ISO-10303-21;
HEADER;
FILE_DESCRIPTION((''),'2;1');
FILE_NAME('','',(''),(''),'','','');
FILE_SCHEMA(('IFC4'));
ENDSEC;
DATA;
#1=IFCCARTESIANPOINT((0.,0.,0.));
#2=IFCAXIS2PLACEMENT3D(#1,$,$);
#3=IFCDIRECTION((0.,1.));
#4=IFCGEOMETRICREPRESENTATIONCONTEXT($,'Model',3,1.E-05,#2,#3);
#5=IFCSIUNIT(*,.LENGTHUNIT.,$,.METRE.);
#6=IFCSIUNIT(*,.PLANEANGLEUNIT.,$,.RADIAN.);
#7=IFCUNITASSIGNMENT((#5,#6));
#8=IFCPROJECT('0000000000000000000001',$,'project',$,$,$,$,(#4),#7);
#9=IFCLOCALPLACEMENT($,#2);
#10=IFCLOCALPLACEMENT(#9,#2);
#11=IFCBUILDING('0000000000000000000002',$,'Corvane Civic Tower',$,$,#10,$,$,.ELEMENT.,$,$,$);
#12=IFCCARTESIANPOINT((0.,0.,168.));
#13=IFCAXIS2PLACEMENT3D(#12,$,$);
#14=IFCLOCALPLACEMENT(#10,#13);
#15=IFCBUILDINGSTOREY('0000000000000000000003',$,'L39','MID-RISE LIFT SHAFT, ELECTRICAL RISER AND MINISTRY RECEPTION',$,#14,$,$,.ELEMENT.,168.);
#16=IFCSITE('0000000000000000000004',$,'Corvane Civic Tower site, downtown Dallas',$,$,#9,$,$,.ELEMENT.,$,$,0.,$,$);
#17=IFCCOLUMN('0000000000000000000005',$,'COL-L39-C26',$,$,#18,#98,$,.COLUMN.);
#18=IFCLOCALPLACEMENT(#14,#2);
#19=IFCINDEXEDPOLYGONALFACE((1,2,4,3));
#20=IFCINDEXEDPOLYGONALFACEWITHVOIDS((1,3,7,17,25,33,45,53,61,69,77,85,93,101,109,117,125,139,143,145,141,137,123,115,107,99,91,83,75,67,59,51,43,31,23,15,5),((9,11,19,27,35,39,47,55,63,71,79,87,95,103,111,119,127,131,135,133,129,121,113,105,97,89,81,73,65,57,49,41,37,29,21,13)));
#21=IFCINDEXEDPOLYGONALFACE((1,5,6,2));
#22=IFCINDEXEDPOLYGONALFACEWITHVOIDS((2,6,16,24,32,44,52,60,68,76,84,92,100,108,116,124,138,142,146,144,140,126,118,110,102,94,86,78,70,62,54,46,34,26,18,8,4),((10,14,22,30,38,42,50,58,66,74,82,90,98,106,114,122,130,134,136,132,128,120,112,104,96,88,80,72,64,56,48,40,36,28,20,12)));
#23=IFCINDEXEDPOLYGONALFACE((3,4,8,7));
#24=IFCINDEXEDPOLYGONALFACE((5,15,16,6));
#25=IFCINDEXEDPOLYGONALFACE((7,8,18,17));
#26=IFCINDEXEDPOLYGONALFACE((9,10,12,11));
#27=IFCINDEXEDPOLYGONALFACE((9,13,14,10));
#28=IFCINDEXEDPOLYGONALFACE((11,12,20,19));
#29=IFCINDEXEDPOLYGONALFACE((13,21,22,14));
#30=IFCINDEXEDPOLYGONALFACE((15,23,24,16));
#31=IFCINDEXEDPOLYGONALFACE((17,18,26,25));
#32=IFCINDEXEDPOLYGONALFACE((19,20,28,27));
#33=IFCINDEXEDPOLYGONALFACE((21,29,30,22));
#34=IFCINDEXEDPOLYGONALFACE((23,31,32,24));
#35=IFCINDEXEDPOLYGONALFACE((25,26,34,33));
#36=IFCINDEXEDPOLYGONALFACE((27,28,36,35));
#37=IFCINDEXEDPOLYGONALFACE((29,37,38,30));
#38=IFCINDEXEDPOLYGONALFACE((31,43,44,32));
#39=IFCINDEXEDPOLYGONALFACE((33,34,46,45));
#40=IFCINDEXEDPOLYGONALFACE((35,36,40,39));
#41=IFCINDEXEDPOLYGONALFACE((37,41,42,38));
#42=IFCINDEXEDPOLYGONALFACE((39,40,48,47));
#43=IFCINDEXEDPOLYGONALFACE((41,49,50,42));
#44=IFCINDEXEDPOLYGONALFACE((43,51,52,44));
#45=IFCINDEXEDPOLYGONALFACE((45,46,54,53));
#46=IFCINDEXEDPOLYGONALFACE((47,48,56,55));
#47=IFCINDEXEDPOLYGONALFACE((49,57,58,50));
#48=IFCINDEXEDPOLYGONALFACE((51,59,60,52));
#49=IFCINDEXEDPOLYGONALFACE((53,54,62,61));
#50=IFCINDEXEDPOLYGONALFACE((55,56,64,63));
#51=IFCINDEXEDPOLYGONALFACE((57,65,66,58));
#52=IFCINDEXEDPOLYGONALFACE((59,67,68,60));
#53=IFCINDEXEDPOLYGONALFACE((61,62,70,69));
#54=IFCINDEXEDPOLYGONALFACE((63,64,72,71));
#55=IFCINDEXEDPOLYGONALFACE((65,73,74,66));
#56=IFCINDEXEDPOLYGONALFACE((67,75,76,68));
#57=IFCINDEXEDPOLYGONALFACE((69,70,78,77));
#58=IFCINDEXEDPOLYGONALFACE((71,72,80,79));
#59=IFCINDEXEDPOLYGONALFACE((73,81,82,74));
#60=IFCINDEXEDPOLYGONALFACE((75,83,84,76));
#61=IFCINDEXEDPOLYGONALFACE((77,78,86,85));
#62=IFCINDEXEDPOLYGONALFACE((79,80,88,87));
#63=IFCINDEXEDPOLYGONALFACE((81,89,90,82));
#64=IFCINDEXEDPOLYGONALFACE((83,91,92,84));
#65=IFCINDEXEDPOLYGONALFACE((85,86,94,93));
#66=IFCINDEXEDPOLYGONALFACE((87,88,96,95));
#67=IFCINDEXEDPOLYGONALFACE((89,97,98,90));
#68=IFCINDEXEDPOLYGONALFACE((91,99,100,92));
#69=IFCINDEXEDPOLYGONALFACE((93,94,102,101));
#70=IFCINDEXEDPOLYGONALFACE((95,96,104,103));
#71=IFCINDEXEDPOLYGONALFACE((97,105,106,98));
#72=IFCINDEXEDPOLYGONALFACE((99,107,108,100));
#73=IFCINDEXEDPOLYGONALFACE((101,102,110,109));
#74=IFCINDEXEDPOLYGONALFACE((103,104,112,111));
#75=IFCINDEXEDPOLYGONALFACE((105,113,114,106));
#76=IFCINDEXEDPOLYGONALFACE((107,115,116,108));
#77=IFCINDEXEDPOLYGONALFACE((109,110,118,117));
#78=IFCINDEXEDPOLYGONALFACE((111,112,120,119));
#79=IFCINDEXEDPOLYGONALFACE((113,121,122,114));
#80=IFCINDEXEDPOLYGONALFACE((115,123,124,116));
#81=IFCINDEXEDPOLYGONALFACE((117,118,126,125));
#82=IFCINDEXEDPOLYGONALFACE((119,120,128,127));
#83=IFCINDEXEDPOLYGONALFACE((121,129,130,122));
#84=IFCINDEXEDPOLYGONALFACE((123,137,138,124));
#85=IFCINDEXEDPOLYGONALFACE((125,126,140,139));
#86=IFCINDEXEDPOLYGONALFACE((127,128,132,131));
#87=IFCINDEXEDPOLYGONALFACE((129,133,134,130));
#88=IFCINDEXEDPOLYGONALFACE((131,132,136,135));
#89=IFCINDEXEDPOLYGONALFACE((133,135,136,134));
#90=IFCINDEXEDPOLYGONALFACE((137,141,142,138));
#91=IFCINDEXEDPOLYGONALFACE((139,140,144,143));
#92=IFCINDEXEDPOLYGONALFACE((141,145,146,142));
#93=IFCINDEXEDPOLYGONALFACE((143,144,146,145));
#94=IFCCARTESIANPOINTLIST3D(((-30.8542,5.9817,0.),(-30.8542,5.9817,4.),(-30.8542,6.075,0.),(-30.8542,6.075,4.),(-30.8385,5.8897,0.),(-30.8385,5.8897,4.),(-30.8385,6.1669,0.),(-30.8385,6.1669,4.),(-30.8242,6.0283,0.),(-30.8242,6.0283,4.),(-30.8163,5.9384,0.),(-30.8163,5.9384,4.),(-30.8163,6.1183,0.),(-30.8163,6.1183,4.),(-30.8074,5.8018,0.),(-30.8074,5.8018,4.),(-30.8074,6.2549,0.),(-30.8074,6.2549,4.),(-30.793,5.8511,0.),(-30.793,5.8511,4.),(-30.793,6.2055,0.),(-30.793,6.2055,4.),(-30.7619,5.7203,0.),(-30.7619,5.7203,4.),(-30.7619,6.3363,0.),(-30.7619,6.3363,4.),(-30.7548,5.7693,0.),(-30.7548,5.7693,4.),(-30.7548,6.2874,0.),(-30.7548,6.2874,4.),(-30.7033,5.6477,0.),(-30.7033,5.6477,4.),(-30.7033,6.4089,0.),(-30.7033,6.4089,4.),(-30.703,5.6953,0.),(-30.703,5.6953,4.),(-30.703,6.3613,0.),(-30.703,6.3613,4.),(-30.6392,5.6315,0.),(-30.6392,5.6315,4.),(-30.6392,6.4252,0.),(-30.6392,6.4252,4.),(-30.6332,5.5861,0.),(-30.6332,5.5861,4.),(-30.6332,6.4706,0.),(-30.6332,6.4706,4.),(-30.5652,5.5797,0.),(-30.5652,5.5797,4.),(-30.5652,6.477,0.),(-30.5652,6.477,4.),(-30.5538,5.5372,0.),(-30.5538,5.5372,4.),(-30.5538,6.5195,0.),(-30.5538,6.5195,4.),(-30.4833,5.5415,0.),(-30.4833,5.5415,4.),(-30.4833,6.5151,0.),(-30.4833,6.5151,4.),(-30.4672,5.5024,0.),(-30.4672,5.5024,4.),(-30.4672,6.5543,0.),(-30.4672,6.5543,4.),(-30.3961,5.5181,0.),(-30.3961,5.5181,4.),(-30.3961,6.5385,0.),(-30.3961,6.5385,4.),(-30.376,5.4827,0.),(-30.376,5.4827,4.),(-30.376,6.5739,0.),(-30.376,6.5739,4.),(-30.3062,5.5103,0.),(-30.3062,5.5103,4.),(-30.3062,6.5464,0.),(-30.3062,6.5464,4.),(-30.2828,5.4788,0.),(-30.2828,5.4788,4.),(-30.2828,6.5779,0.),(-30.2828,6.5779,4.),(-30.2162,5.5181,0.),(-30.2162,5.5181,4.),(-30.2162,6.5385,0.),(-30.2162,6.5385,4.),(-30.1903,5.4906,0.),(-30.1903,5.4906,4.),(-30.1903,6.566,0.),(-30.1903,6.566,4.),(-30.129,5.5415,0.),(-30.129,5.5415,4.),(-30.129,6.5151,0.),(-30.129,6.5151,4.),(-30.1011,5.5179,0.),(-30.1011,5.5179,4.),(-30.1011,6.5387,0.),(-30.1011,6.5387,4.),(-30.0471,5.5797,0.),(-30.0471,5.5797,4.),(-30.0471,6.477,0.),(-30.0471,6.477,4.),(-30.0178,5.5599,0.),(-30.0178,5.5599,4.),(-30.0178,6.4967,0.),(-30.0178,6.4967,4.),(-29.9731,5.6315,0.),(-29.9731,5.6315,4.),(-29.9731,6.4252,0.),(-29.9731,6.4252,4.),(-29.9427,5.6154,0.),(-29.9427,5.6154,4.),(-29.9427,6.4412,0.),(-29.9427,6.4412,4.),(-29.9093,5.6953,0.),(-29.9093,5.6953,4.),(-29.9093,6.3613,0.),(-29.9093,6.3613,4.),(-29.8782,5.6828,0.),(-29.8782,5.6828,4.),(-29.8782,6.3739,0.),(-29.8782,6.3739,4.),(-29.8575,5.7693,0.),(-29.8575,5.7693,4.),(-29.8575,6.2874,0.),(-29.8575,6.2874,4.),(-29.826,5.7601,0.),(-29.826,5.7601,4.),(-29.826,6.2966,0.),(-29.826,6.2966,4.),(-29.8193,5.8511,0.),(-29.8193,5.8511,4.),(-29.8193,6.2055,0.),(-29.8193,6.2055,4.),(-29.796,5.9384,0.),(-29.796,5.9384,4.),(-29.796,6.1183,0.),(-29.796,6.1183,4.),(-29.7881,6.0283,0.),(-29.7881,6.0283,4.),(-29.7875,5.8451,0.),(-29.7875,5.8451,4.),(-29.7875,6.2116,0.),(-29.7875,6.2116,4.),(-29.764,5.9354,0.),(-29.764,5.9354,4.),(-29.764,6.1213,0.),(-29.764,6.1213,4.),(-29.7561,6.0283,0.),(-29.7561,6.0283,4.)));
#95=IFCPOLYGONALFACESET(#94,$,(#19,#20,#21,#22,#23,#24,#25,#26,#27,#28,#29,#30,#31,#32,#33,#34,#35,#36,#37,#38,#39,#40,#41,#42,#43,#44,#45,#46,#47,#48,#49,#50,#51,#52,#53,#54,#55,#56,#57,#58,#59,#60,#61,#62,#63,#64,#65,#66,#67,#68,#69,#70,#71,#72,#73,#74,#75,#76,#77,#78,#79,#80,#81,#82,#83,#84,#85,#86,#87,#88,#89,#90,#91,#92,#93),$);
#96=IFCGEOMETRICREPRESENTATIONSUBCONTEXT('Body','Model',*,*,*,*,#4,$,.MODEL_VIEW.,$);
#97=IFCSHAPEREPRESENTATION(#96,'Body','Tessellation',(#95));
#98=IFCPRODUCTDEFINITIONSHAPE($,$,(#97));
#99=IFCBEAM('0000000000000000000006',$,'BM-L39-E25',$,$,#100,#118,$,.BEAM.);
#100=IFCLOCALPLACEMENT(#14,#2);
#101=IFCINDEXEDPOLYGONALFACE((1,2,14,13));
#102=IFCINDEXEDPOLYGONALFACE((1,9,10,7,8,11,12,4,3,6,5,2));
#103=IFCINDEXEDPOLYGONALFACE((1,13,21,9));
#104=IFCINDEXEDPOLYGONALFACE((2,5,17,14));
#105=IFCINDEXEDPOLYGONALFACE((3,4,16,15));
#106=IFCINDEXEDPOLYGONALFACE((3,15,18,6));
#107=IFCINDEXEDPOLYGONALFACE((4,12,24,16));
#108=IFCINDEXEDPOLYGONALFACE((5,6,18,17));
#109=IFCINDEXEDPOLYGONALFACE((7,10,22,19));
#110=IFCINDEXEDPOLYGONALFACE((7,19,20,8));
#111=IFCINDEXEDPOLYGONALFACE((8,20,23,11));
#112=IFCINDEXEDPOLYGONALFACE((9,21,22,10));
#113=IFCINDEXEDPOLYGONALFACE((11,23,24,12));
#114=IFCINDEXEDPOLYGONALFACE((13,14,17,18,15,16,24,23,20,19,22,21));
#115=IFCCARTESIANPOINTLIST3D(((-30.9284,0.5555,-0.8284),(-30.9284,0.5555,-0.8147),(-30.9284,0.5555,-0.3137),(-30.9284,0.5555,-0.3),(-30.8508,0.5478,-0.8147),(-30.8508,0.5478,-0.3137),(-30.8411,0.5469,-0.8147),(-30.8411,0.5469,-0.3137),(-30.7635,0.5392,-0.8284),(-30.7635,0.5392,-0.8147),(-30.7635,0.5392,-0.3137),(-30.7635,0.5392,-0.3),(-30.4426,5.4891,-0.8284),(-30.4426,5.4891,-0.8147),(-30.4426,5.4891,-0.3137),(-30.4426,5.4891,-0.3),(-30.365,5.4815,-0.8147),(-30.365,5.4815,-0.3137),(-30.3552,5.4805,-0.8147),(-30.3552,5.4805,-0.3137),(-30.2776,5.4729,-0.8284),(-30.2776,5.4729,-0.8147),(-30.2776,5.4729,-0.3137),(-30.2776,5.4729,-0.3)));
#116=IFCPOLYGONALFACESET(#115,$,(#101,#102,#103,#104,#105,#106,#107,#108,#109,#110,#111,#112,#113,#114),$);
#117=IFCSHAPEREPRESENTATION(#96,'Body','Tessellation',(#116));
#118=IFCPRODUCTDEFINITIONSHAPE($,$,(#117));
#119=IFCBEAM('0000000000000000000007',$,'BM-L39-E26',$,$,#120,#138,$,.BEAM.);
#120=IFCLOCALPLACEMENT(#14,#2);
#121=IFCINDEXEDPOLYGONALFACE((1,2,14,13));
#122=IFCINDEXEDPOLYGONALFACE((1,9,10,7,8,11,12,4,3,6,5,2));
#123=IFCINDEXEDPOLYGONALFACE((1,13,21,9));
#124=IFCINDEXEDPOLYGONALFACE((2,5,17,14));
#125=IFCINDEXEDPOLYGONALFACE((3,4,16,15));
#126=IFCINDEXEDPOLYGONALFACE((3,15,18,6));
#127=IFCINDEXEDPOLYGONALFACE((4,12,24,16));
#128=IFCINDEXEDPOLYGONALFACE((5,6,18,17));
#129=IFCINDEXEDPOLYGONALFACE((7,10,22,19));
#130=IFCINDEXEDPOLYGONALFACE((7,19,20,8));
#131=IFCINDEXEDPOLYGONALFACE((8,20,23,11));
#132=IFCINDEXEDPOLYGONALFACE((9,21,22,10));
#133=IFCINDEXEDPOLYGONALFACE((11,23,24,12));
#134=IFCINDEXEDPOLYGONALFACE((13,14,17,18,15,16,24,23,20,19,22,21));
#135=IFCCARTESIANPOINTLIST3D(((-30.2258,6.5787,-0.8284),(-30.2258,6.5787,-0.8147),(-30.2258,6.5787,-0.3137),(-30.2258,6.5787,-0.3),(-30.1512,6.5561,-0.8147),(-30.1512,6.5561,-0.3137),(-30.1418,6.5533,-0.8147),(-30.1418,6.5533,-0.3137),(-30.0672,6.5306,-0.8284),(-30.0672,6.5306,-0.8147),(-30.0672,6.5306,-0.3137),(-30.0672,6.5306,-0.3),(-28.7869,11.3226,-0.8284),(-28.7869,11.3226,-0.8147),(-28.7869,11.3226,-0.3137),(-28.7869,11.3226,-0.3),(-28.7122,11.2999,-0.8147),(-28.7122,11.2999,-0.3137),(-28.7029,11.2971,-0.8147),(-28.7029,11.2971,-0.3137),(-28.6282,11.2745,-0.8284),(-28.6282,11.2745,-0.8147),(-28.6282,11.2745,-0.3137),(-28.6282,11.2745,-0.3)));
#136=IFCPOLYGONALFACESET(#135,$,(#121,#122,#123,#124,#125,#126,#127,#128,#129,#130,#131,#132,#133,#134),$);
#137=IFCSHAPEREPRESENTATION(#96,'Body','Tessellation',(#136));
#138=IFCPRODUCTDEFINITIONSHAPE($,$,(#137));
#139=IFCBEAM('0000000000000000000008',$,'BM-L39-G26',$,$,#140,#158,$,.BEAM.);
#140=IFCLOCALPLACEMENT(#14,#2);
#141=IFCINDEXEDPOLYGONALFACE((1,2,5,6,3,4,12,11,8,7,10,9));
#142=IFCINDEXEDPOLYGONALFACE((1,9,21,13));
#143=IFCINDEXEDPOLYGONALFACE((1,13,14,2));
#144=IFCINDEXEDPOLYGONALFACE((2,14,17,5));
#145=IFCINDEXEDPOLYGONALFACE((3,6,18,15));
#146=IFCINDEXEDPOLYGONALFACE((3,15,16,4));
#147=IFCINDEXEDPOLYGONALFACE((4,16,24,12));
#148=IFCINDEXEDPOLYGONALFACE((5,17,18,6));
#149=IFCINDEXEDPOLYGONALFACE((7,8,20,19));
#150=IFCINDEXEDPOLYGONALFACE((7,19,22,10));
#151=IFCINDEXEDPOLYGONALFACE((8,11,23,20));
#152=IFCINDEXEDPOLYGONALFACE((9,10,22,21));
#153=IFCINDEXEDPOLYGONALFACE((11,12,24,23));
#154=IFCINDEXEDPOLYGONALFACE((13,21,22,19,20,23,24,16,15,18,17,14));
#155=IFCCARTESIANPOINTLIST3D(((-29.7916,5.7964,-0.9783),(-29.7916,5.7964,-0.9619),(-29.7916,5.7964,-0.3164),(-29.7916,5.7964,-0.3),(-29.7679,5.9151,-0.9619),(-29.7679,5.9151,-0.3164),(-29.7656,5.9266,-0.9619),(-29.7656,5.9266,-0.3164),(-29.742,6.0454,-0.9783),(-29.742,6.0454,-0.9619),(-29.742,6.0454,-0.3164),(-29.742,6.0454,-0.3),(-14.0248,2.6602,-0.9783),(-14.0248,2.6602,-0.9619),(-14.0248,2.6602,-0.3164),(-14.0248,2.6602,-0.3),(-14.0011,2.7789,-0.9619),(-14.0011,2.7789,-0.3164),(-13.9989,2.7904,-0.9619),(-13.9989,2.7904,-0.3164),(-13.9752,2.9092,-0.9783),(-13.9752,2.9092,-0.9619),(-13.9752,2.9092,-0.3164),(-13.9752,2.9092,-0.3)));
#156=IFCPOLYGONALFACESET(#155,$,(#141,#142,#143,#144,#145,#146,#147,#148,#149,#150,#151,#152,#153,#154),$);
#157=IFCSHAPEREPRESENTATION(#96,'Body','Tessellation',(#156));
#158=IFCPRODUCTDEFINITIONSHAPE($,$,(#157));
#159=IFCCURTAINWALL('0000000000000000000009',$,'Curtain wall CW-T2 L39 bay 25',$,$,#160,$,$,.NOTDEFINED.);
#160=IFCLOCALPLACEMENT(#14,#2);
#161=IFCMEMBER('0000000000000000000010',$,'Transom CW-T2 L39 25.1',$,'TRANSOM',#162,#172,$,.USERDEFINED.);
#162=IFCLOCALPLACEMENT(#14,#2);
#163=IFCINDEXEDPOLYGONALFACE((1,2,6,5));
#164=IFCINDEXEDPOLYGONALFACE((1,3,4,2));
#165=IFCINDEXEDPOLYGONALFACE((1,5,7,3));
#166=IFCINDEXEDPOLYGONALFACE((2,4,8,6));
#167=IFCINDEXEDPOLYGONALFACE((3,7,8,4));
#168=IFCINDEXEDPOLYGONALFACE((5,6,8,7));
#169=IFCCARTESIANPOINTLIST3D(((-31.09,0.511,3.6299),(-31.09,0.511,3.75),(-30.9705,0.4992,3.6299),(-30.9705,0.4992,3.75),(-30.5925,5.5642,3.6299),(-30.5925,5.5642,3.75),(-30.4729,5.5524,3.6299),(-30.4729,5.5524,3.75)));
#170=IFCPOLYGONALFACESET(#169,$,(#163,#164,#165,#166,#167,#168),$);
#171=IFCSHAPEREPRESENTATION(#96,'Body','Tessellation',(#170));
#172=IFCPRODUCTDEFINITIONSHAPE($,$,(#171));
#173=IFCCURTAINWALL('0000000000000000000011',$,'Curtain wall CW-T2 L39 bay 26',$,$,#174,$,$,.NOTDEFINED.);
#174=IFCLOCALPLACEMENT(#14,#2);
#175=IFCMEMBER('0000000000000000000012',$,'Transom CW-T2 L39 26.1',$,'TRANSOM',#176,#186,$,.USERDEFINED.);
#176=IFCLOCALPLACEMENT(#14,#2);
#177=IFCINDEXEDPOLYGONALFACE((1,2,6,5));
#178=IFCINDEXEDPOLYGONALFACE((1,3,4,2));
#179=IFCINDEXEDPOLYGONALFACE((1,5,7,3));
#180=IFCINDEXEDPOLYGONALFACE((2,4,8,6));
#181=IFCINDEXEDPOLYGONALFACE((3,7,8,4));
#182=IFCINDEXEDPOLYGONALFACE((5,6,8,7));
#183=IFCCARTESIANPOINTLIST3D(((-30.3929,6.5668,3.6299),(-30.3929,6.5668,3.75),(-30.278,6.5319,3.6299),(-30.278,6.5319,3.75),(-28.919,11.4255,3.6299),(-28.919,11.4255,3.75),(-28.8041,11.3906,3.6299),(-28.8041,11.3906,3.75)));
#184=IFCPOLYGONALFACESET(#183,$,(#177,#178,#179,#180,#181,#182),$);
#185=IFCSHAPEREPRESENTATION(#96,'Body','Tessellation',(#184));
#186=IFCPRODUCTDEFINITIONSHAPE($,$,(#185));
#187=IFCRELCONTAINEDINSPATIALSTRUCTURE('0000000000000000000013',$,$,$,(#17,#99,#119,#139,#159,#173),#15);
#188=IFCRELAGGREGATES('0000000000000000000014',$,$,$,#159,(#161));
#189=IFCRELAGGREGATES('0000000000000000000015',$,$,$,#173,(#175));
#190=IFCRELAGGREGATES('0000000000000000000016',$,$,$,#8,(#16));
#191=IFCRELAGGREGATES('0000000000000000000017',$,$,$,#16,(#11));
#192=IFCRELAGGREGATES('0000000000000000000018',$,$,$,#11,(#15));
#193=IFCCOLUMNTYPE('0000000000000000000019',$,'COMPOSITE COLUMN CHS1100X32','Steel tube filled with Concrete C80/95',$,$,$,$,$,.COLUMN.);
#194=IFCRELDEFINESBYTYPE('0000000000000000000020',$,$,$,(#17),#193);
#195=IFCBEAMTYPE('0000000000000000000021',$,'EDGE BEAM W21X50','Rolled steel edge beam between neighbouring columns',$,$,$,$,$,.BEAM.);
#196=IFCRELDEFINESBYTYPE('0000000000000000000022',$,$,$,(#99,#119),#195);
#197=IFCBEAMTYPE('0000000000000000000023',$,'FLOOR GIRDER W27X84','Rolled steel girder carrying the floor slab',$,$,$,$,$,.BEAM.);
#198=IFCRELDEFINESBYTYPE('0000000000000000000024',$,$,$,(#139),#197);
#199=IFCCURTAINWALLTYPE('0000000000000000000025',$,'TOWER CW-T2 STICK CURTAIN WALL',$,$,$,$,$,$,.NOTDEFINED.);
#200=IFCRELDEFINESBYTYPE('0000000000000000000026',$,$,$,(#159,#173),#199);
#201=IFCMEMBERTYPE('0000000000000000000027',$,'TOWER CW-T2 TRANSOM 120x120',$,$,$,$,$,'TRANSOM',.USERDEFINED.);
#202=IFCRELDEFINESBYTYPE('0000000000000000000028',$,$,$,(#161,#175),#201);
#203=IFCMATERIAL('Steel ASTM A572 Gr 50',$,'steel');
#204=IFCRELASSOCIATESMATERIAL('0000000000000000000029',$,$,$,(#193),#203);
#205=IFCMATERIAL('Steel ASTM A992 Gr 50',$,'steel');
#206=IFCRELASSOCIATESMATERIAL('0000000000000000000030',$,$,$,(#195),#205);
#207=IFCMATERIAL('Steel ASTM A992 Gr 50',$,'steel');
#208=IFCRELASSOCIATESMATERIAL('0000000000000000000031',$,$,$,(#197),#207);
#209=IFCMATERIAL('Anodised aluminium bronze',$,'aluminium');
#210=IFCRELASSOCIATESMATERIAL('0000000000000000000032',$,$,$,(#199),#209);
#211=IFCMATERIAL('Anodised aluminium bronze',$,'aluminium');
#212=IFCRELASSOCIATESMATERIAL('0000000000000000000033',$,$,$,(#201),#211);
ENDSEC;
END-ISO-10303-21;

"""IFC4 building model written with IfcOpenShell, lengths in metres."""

from ifc_helpers import new_model, si_unit, direction, frame, origin, origin_2d, place, context, subcontext, project, spatial, rectangle, hollow_circle, i_section, extrude, material, material_profile, profile_set, type_object, element, aggregate, save


model = new_model("IFC4")

# Units and contexts
model_context = context("Model", 3, precision=1e-05, world=origin(), true_north=direction((0.0, 1.0)))
body_context = subcontext(model_context, "Body", "Model", "MODEL_VIEW")
ifc_project = project(units=[si_unit("LENGTHUNIT", "METRE"), si_unit("PLANEANGLEUNIT", "RADIAN")], contexts=[model_context])

# Site, building, storey
site_placement = place(None, origin())
site = spatial("IfcSite", under=ifc_project, at=site_placement, Name="Corvane Civic Tower site, downtown Dallas", CompositionType="ELEMENT", RefElevation=0.0)
building_placement = place(site_placement, origin())
building = spatial("IfcBuilding", under=site, at=building_placement, Name="Corvane Civic Tower", CompositionType="ELEMENT")
storey_placement = place(building_placement, frame((0.0, 0.0, 168.0)))
storey = spatial("IfcBuildingStorey", under=building, at=storey_placement, Name="L39", Description="MID-RISE LIFT SHAFT, ELECTRICAL RISER AND MINISTRY RECEPTION", CompositionType="ELEMENT", Elevation=168.0)

# Column
ifc_material_1 = material(Name="Steel ASTM A572 Gr 50", Category="steel")
ifc_material_profile_1 = material_profile(ifc_material_1, hollow_circle(Radius=0.55, WallThickness=0.032, at=origin_2d()), Name="CHS1100X32")
ifc_profile_set_1 = profile_set([ifc_material_profile_1], Name="Steel ASTM A572 Gr 50")
column_type = type_object("IfcColumnType", Name="COMPOSITE COLUMN CHS1100X32", Description="Steel tube filled with Concrete C80/95", PredefinedType="COLUMN", material=ifc_profile_set_1)
column_placement = place(storey_placement, frame((-30.3062, 6.0283, 0.0), z_axis=(0.0, 0.0, 1.0), x_axis=(1.0, 0.0, 0.0)))
element("IfcColumn", 1, at=column_placement, inside=storey, type_object=column_type, Name="COL-L39-C26", PredefinedType="COLUMN", context=body_context, shape_type="SweptSolid", body=[
    extrude(hollow_circle(Radius=0.55, WallThickness=0.032, at=origin_2d()), origin(), (0.0, 0.0, 1.0), 4.0),
])

# Beams
ifc_material_2 = material(Name="Steel ASTM A992 Gr 50", Category="steel")
ifc_material_profile_2 = material_profile(ifc_material_2, i_section(OverallWidth=0.1658, OverallDepth=0.5283, WebThickness=0.0098, FlangeThickness=0.0137, at=origin_2d()), Name="W21X50")
ifc_profile_set_2 = profile_set([ifc_material_profile_2], Name="Steel ASTM A992 Gr 50")
beam_type_1 = type_object("IfcBeamType", Name="EDGE BEAM W21X50", Description="Rolled steel edge beam between neighbouring columns", PredefinedType="BEAM", material=ifc_profile_set_2)
beam_1_placement = place(storey_placement, frame((-30.8459, 0.5474, -0.5642), z_axis=(0.098002, 0.995186, 0.0), x_axis=(-0.995186, 0.098002, 0.0)))
element("IfcBeam", 2, at=beam_1_placement, inside=storey, type_object=beam_type_1, Name="BM-L39-E25", PredefinedType="BEAM", context=body_context, shape_type="SweptSolid", body=[
    extrude(i_section(OverallWidth=0.1658, OverallDepth=0.5283, WebThickness=0.0098, FlangeThickness=0.0137, at=origin_2d()), origin(), (0.0, 0.0, 1.0), 4.9575),
])
beam_2_placement = place(storey_placement, frame((-30.1465, 6.5547, -0.5642), z_axis=(0.29027, 0.956945, 0.0), x_axis=(-0.956945, 0.29027, 0.0)))
element("IfcBeam", 3, at=beam_2_placement, inside=storey, type_object=beam_type_1, Name="BM-L39-E26", PredefinedType="BEAM", context=body_context, shape_type="SweptSolid", body=[
    extrude(i_section(OverallWidth=0.1658, OverallDepth=0.5283, WebThickness=0.0098, FlangeThickness=0.0137, at=origin_2d()), origin(), (0.0, 0.0, 1.0), 4.9573),
])
ifc_material_3 = material(Name="Steel ASTM A992 Gr 50", Category="steel")
ifc_material_profile_3 = material_profile(ifc_material_3, i_section(OverallWidth=0.2539, OverallDepth=0.6782, WebThickness=0.0117, FlangeThickness=0.0164, at=origin_2d()), Name="W27X84")
ifc_profile_set_3 = profile_set([ifc_material_profile_3], Name="Steel ASTM A992 Gr 50")
beam_type_2 = type_object("IfcBeamType", Name="FLOOR GIRDER W27X84", Description="Rolled steel girder carrying the floor slab", PredefinedType="BEAM", material=ifc_profile_set_3)
beam_3_placement = place(storey_placement, frame((-14.0, 2.7847, -0.6392), z_axis=(-0.980785, 0.195091, 0.0), x_axis=(-0.195091, -0.980785, 0.0)))
element("IfcBeam", 4, at=beam_3_placement, inside=storey, type_object=beam_type_2, Name="BM-L39-G26", PredefinedType="BEAM", context=body_context, shape_type="SweptSolid", body=[
    extrude(i_section(OverallWidth=0.2539, OverallDepth=0.6782, WebThickness=0.0117, FlangeThickness=0.0164, at=origin_2d()), origin(), (0.0, 0.0, 1.0), 16.0757),
])

# Curtain walls, members
ifc_material_4 = material(Name="Anodised aluminium bronze", Category="aluminium")
curtain_wall_type = type_object("IfcCurtainWallType", Name="TOWER CW-T2 STICK CURTAIN WALL", PredefinedType="NOTDEFINED", material=ifc_material_4)
curtain_wall_1_placement = place(storey_placement, origin())
curtain_wall_1 = element("IfcCurtainWall", 5, at=curtain_wall_1_placement, inside=storey, type_object=curtain_wall_type, Name="Curtain wall CW-T2 L39 bay 25", PredefinedType="NOTDEFINED")
ifc_material_5 = material(Name="Anodised aluminium bronze", Category="aluminium")
ifc_material_profile_4 = material_profile(ifc_material_5, rectangle(XDim=0.1201, YDim=0.1201, at=origin_2d()), Name="TOWER CW-T2 TRANSOM 120x120")
ifc_profile_set_4 = profile_set([ifc_material_profile_4], Name="Anodised aluminium bronze")
member_type = type_object("IfcMemberType", Name="TOWER CW-T2 TRANSOM 120x120", ElementType="TRANSOM", PredefinedType="USERDEFINED", material=ifc_profile_set_4)
member_1_placement = place(storey_placement, frame((-31.0303, 0.5051, 3.6899), z_axis=(0.09799, 0.995187, 0.0), x_axis=(-0.995187, 0.09799, 0.0)))
member_1 = element("IfcMember", 6, at=member_1_placement, type_object=member_type, Name="Transom CW-T2 L39 25.1", ObjectType="TRANSOM", PredefinedType="USERDEFINED", context=body_context, shape_type="SweptSolid", body=[
    extrude(rectangle(XDim=0.1201, YDim=0.1201, at=origin_2d()), origin(), (0.0, 0.0, 1.0), 5.0776),
])
curtain_wall_2_placement = place(storey_placement, origin())
curtain_wall_2 = element("IfcCurtainWall", 7, at=curtain_wall_2_placement, inside=storey, type_object=curtain_wall_type, Name="Curtain wall CW-T2 L39 bay 26", PredefinedType="NOTDEFINED")
member_2_placement = place(storey_placement, frame((-30.3354, 6.5493, 3.6899), z_axis=(0.290289, 0.956939, 0.0), x_axis=(-0.956939, 0.290289, 0.0)))
member_2 = element("IfcMember", 8, at=member_2_placement, type_object=member_type, Name="Transom CW-T2 L39 26.1", ObjectType="TRANSOM", PredefinedType="USERDEFINED", context=body_context, shape_type="SweptSolid", body=[
    extrude(rectangle(XDim=0.1201, YDim=0.1201, at=origin_2d()), origin(), (0.0, 0.0, 1.0), 5.0774),
])

aggregate(curtain_wall_1, [member_1])
aggregate(curtain_wall_2, [member_2])

save(model, "model.ifc")
